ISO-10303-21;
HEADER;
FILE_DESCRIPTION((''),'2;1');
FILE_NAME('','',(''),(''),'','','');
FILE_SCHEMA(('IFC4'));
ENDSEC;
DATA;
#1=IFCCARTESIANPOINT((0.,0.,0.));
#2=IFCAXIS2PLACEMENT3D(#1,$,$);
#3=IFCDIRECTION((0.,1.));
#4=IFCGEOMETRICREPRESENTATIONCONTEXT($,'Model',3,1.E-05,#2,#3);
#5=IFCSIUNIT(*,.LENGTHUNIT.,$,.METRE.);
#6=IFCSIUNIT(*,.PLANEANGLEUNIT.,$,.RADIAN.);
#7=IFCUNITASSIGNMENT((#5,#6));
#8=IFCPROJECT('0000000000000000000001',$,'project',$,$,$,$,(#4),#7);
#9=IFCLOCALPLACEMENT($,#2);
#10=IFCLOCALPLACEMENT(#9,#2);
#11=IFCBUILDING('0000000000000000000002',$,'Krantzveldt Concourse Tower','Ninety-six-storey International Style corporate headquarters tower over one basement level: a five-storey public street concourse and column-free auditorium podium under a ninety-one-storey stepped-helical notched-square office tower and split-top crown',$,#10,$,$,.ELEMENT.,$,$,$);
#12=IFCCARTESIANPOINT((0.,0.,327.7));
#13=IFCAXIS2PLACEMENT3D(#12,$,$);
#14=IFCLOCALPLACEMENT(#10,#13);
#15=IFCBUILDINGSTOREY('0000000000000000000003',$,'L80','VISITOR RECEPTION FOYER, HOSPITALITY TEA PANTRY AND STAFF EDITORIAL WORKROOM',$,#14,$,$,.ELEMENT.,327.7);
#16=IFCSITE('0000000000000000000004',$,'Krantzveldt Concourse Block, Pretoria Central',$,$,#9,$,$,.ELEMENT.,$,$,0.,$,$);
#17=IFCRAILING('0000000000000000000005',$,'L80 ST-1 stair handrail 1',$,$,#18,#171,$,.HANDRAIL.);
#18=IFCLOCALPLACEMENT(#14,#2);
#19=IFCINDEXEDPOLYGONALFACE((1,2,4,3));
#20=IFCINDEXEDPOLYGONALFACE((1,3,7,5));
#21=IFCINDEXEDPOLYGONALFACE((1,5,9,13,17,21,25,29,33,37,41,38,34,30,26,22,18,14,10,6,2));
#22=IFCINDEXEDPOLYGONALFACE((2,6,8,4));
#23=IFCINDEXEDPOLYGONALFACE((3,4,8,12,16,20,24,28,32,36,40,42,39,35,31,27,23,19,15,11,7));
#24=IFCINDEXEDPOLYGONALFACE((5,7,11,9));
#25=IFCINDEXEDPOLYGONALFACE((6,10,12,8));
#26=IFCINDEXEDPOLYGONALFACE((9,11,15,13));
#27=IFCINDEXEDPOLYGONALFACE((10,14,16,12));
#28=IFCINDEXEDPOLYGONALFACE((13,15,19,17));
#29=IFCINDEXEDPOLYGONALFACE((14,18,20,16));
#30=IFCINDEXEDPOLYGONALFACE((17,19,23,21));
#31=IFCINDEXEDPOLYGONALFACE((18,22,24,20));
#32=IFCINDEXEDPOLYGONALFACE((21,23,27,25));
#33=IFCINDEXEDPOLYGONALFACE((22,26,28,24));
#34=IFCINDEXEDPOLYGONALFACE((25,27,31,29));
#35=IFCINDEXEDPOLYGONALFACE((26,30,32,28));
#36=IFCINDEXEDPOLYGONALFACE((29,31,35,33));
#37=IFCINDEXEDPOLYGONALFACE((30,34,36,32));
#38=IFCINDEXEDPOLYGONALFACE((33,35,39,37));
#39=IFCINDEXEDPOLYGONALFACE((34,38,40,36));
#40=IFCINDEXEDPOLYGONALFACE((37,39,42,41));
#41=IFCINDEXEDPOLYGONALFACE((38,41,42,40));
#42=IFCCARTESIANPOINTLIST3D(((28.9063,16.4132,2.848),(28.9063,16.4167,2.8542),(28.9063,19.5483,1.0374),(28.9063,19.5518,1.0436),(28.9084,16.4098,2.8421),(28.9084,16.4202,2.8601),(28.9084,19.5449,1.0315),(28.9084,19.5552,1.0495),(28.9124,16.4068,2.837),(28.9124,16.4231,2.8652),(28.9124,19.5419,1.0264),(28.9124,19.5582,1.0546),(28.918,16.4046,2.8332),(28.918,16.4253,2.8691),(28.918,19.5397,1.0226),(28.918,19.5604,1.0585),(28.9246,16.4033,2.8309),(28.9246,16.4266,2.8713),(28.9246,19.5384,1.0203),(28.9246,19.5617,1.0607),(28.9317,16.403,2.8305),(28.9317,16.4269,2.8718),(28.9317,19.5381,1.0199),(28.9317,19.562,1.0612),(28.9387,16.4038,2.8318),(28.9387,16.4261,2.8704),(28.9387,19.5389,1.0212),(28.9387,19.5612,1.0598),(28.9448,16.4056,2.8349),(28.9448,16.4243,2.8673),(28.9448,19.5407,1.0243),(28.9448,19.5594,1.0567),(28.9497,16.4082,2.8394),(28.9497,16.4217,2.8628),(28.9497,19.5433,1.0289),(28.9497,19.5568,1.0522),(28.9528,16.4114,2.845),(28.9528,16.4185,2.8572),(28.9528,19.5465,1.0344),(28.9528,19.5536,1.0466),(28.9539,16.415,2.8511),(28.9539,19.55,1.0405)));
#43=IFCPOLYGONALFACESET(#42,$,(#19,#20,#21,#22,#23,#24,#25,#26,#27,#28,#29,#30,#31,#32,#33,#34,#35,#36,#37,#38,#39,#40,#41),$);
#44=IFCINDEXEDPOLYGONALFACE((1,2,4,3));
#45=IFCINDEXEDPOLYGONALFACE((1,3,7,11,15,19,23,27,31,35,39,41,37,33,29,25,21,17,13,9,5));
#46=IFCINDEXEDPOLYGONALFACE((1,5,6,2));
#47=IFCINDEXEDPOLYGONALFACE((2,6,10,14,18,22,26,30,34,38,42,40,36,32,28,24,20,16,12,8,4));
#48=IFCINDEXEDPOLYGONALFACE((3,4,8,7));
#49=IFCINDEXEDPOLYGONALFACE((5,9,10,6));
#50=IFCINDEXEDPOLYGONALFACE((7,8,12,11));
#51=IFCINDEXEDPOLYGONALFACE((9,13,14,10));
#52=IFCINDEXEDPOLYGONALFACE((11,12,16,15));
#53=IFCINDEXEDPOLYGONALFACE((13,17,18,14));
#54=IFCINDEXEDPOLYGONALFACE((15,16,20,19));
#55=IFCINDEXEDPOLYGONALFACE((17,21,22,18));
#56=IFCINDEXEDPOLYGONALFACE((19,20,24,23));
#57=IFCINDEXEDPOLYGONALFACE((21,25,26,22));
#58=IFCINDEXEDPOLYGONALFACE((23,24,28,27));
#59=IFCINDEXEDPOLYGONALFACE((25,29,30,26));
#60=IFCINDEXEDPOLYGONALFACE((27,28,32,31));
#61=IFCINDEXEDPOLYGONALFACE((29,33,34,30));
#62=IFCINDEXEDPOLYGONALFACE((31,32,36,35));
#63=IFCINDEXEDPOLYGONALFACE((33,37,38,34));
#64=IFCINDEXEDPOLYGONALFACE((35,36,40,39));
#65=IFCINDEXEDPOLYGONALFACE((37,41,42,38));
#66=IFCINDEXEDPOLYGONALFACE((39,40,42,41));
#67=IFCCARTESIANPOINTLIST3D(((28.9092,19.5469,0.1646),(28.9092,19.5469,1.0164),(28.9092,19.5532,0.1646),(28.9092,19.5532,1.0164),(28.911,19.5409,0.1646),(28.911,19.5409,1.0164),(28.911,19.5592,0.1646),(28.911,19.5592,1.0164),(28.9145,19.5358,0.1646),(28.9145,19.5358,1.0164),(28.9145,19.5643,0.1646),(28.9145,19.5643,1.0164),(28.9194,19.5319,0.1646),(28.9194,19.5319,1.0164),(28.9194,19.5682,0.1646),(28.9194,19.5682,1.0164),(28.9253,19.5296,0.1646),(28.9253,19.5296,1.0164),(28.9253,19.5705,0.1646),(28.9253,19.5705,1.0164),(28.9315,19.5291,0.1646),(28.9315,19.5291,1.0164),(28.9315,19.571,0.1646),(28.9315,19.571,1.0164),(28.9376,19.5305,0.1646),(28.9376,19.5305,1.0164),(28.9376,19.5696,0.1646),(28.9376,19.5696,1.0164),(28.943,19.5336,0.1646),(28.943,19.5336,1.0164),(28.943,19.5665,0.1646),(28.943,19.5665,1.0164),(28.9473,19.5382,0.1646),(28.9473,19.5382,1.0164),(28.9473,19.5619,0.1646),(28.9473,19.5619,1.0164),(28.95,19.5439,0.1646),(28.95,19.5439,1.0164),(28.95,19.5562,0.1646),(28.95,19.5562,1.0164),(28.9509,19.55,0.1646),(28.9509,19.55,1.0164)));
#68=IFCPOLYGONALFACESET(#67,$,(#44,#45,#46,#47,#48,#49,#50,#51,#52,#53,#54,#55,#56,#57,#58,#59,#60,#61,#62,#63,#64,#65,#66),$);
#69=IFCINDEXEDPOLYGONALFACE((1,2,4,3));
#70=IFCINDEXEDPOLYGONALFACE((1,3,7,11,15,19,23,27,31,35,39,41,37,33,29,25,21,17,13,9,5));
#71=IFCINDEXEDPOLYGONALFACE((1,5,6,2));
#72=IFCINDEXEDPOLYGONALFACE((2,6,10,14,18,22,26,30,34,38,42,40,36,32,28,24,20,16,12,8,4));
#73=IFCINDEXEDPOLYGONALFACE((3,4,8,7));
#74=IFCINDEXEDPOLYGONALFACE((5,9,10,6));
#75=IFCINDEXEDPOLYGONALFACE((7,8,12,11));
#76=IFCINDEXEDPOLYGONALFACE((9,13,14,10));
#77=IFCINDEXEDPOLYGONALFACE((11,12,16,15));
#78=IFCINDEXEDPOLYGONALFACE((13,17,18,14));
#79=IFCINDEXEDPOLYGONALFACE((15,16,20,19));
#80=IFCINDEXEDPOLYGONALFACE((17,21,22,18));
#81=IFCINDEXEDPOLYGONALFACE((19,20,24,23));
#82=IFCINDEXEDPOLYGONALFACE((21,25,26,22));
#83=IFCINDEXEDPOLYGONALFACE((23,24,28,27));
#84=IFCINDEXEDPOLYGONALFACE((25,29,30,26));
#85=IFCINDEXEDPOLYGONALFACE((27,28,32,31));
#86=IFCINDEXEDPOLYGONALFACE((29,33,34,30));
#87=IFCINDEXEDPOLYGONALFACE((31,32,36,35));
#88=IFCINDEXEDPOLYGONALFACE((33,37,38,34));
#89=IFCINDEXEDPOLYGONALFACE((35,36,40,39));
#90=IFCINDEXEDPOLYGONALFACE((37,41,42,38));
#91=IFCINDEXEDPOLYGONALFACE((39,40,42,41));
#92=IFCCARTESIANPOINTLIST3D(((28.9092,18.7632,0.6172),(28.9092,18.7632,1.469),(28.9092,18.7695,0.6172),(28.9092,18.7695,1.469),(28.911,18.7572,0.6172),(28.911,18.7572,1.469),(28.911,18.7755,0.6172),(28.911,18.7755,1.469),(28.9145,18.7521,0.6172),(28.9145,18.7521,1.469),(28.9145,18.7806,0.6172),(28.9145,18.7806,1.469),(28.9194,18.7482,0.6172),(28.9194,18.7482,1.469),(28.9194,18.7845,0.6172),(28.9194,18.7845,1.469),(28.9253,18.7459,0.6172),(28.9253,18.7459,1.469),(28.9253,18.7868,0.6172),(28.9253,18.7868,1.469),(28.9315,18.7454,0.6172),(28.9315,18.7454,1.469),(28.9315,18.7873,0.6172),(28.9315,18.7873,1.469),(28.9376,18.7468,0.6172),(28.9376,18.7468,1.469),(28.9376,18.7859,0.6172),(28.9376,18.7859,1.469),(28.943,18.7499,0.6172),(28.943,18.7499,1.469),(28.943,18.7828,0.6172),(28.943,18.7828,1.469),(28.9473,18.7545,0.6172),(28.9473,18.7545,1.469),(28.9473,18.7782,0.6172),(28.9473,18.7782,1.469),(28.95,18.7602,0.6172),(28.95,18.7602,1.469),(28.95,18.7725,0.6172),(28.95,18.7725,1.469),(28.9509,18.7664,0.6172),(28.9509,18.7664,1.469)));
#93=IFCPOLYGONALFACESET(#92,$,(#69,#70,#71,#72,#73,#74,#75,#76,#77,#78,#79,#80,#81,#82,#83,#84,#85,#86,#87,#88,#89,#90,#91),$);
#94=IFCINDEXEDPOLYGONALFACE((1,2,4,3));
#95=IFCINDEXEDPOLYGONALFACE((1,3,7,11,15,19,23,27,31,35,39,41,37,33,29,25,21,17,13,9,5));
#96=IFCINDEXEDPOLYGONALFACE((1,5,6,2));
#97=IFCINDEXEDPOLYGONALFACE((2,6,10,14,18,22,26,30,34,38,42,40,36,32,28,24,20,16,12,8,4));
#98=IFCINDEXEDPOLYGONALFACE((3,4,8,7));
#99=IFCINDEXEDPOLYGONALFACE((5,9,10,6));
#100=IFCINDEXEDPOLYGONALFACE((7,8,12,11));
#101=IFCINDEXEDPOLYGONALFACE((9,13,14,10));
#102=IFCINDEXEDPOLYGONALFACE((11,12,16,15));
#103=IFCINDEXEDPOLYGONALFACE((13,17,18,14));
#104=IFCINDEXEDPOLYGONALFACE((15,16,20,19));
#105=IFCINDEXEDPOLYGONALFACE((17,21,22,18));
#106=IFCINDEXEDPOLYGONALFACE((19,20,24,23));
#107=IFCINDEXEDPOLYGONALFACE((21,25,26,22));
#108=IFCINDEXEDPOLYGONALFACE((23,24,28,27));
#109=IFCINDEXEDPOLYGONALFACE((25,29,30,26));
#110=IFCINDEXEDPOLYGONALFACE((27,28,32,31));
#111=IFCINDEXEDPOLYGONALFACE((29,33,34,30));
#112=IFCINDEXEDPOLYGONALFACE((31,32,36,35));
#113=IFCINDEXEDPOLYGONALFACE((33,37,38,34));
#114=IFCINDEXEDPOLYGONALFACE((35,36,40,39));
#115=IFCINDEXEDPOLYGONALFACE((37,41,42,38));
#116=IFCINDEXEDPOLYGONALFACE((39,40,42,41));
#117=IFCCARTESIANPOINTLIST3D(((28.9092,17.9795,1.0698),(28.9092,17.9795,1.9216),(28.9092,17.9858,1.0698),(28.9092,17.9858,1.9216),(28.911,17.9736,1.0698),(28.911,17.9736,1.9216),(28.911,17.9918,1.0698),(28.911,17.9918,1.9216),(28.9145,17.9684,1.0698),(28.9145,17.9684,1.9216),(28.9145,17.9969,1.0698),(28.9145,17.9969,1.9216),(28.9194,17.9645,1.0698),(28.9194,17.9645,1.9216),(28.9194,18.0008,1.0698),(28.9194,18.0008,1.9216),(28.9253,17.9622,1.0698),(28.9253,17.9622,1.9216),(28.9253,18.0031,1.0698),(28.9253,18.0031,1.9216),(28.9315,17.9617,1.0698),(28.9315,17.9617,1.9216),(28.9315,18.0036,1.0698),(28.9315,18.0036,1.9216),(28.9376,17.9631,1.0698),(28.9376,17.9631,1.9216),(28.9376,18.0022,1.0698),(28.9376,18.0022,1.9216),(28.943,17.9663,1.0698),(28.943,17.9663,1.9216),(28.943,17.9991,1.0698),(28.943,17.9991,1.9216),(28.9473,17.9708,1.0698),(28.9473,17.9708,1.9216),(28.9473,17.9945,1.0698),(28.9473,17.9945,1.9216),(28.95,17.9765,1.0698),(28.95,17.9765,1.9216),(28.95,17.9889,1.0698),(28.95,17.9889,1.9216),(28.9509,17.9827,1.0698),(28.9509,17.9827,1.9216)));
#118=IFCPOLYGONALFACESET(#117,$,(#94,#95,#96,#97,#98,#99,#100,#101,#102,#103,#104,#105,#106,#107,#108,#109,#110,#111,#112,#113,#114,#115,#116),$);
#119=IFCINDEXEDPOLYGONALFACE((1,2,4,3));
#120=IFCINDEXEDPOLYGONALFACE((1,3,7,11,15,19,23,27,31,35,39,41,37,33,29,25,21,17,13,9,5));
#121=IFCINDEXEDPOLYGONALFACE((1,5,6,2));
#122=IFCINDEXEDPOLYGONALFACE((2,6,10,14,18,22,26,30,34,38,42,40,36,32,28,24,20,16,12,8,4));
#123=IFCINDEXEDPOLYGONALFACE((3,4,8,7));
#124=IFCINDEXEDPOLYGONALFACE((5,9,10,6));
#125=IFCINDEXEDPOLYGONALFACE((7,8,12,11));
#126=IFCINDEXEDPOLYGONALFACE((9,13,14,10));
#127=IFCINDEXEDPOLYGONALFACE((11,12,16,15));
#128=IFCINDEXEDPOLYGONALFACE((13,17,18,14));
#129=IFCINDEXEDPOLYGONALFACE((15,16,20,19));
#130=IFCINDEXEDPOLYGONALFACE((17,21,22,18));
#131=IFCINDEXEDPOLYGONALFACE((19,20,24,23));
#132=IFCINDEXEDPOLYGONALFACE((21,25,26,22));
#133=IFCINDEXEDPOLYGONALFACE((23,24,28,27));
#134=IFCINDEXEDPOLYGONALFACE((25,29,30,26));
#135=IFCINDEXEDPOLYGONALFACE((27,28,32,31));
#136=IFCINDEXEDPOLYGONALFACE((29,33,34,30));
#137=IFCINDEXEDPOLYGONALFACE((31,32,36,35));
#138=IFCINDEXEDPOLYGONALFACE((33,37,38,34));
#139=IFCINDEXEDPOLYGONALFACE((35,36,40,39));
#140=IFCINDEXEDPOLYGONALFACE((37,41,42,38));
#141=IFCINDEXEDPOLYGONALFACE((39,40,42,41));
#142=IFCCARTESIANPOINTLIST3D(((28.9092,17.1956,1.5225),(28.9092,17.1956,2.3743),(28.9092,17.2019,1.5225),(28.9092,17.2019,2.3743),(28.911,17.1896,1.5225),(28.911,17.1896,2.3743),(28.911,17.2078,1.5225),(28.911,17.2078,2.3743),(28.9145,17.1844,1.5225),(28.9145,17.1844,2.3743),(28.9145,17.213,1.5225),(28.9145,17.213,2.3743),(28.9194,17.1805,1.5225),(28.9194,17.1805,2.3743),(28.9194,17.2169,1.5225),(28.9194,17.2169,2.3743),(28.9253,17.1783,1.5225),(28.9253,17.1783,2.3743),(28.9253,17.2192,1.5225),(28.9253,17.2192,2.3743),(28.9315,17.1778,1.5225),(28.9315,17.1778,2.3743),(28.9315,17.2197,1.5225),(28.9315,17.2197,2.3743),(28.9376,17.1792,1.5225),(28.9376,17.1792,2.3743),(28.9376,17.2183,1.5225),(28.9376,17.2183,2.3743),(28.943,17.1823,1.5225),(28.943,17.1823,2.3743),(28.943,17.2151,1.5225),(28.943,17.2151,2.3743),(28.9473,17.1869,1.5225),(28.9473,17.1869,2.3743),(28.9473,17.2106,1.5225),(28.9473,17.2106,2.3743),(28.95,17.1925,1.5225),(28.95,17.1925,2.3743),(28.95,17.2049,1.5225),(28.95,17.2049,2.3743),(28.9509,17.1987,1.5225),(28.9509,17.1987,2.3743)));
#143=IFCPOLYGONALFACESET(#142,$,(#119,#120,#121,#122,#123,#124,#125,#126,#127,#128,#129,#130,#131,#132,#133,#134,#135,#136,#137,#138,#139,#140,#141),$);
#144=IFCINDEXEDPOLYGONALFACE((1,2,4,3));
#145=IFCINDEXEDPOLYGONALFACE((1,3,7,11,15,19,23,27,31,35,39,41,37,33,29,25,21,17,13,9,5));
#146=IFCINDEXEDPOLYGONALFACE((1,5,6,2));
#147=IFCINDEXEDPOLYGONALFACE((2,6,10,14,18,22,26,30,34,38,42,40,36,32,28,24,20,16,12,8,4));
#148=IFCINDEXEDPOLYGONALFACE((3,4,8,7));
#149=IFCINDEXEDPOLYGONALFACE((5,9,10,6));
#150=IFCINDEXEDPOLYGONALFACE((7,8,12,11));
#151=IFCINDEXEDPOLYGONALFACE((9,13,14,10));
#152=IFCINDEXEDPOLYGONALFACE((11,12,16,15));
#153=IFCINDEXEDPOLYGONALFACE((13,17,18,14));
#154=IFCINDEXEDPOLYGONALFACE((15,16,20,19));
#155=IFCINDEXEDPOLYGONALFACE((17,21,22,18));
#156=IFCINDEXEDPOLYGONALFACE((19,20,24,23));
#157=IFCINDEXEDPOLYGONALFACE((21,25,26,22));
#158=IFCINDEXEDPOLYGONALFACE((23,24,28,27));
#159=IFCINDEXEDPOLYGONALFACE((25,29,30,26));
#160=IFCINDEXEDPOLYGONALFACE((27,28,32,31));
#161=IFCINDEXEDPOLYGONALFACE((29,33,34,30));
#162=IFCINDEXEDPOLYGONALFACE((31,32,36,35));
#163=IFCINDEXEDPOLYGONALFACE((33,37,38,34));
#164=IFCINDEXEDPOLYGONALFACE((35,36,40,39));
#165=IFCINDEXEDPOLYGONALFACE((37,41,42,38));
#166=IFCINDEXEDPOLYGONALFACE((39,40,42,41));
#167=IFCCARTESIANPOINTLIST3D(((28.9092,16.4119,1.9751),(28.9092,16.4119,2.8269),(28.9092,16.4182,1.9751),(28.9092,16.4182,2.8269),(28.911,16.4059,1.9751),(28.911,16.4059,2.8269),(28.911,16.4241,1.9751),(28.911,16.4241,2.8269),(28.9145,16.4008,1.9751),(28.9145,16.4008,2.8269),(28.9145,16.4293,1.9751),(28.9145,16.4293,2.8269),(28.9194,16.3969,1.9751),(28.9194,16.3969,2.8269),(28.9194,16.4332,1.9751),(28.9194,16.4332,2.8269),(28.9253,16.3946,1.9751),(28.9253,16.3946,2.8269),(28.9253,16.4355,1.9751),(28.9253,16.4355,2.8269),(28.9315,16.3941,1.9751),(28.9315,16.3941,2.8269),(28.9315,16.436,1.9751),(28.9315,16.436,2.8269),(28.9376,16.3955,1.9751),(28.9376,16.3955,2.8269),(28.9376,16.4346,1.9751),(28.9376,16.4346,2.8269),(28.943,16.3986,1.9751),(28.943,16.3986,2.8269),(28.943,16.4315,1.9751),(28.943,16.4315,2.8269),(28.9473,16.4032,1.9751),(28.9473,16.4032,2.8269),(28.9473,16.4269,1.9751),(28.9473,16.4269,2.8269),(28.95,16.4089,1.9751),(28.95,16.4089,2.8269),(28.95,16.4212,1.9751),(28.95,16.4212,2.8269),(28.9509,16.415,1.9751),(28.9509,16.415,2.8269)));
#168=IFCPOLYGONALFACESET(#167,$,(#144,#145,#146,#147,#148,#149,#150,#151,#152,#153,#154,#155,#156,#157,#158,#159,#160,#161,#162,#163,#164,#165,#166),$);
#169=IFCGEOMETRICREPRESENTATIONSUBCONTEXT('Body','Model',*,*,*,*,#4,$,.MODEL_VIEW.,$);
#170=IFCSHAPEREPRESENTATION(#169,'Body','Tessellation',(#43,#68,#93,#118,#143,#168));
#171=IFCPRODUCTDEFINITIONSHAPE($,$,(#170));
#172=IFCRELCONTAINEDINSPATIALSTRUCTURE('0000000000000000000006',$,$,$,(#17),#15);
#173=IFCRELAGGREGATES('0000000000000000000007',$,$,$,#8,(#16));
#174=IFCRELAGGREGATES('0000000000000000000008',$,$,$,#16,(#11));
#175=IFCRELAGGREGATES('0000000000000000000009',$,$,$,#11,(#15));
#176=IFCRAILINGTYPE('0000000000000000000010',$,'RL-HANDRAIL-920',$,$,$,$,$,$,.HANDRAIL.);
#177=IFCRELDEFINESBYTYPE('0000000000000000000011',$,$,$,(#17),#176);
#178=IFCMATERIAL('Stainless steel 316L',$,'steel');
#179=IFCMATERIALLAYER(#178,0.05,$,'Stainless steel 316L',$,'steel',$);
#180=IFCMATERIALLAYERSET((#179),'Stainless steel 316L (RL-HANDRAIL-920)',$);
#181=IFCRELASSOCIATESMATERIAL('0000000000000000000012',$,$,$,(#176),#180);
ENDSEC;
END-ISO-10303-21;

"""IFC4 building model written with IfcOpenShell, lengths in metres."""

from ifc_helpers import new_model, si_unit, direction, frame, origin, origin_2d, place, context, subcontext, project, spatial, circle, extrude, material, layer, layer_set, type_object, element, save


model = new_model("IFC4")

# Units and contexts
model_context = context("Model", 3, precision=1e-05, world=origin(), true_north=direction((0.0, 1.0)))
body_context = subcontext(model_context, "Body", "Model", "MODEL_VIEW")
ifc_project = project(units=[si_unit("LENGTHUNIT", "METRE"), si_unit("PLANEANGLEUNIT", "RADIAN")], contexts=[model_context])

# Site, building, storey
site_placement = place(None, origin())
site = spatial("IfcSite", under=ifc_project, at=site_placement, Name="Krantzveldt Concourse Block, Pretoria Central", CompositionType="ELEMENT", RefElevation=0.0)
building_placement = place(site_placement, origin())
building = spatial("IfcBuilding", under=site, at=building_placement, Name="Krantzveldt Concourse Tower", Description="Ninety-six-storey International Style corporate headquarters tower over one basement level: a five-storey public street concourse and column-free auditorium podium under a ninety-one-storey stepped-helical notched-square office tower and split-top crown", CompositionType="ELEMENT")
storey_placement = place(building_placement, frame((0.0, 0.0, 327.7)))
storey = spatial("IfcBuildingStorey", under=building, at=storey_placement, Name="L80", Description="VISITOR RECEPTION FOYER, HOSPITALITY TEA PANTRY AND STAFF EDITORIAL WORKROOM", CompositionType="ELEMENT", Elevation=327.7)

# Shared definitions
ifc_material_1 = material(Name="Stainless steel 316L", Category="steel")

# Railing
ifc_layer_1 = layer(ifc_material_1, 0.05, Name="Stainless steel 316L", Category="steel")
ifc_layer_set_1 = layer_set([ifc_layer_1], Name="Stainless steel 316L (RL-HANDRAIL-920)")
railing_type_1 = type_object("IfcRailingType", Name="RL-HANDRAIL-920", PredefinedType="HANDRAIL", material=ifc_layer_set_1)
railing_1_placement = place(storey_placement, frame((28.9299, 19.55, 0.1646)))
element("IfcRailing", 1, at=railing_1_placement, inside=storey, type_object=railing_type_1, Name="L80 ST-1 stair handrail 1", PredefinedType="HANDRAIL", context=body_context, shape_type="SweptSolid", body=[
    extrude(circle(Radius=0.0239, at=origin_2d()), frame((0.0, 0.0, 0.876), z_axis=(0.0, -0.86596, 0.500114), x_axis=(1.0, 0.0, 0.0)), (0.0, 0.0, 1.0), 3.6204),
    extrude(circle(Radius=0.021, at=origin_2d()), origin(), (0.0, 0.0, 1.0), 0.8518),
    extrude(circle(Radius=0.021, at=origin_2d()), frame((0.0, -0.7837, 0.4526)), (0.0, 0.0, 1.0), 0.8518),
    extrude(circle(Radius=0.021, at=origin_2d()), frame((0.0, -1.5674, 0.9053)), (0.0, 0.0, 1.0), 0.8518),
    extrude(circle(Radius=0.021, at=origin_2d()), frame((0.0, -2.3513, 1.3579)), (0.0, 0.0, 1.0), 0.8518),
    extrude(circle(Radius=0.021, at=origin_2d()), frame((0.0, -3.135, 1.8105)), (0.0, 0.0, 1.0), 0.8518),
])

save(model, "model.ifc")
